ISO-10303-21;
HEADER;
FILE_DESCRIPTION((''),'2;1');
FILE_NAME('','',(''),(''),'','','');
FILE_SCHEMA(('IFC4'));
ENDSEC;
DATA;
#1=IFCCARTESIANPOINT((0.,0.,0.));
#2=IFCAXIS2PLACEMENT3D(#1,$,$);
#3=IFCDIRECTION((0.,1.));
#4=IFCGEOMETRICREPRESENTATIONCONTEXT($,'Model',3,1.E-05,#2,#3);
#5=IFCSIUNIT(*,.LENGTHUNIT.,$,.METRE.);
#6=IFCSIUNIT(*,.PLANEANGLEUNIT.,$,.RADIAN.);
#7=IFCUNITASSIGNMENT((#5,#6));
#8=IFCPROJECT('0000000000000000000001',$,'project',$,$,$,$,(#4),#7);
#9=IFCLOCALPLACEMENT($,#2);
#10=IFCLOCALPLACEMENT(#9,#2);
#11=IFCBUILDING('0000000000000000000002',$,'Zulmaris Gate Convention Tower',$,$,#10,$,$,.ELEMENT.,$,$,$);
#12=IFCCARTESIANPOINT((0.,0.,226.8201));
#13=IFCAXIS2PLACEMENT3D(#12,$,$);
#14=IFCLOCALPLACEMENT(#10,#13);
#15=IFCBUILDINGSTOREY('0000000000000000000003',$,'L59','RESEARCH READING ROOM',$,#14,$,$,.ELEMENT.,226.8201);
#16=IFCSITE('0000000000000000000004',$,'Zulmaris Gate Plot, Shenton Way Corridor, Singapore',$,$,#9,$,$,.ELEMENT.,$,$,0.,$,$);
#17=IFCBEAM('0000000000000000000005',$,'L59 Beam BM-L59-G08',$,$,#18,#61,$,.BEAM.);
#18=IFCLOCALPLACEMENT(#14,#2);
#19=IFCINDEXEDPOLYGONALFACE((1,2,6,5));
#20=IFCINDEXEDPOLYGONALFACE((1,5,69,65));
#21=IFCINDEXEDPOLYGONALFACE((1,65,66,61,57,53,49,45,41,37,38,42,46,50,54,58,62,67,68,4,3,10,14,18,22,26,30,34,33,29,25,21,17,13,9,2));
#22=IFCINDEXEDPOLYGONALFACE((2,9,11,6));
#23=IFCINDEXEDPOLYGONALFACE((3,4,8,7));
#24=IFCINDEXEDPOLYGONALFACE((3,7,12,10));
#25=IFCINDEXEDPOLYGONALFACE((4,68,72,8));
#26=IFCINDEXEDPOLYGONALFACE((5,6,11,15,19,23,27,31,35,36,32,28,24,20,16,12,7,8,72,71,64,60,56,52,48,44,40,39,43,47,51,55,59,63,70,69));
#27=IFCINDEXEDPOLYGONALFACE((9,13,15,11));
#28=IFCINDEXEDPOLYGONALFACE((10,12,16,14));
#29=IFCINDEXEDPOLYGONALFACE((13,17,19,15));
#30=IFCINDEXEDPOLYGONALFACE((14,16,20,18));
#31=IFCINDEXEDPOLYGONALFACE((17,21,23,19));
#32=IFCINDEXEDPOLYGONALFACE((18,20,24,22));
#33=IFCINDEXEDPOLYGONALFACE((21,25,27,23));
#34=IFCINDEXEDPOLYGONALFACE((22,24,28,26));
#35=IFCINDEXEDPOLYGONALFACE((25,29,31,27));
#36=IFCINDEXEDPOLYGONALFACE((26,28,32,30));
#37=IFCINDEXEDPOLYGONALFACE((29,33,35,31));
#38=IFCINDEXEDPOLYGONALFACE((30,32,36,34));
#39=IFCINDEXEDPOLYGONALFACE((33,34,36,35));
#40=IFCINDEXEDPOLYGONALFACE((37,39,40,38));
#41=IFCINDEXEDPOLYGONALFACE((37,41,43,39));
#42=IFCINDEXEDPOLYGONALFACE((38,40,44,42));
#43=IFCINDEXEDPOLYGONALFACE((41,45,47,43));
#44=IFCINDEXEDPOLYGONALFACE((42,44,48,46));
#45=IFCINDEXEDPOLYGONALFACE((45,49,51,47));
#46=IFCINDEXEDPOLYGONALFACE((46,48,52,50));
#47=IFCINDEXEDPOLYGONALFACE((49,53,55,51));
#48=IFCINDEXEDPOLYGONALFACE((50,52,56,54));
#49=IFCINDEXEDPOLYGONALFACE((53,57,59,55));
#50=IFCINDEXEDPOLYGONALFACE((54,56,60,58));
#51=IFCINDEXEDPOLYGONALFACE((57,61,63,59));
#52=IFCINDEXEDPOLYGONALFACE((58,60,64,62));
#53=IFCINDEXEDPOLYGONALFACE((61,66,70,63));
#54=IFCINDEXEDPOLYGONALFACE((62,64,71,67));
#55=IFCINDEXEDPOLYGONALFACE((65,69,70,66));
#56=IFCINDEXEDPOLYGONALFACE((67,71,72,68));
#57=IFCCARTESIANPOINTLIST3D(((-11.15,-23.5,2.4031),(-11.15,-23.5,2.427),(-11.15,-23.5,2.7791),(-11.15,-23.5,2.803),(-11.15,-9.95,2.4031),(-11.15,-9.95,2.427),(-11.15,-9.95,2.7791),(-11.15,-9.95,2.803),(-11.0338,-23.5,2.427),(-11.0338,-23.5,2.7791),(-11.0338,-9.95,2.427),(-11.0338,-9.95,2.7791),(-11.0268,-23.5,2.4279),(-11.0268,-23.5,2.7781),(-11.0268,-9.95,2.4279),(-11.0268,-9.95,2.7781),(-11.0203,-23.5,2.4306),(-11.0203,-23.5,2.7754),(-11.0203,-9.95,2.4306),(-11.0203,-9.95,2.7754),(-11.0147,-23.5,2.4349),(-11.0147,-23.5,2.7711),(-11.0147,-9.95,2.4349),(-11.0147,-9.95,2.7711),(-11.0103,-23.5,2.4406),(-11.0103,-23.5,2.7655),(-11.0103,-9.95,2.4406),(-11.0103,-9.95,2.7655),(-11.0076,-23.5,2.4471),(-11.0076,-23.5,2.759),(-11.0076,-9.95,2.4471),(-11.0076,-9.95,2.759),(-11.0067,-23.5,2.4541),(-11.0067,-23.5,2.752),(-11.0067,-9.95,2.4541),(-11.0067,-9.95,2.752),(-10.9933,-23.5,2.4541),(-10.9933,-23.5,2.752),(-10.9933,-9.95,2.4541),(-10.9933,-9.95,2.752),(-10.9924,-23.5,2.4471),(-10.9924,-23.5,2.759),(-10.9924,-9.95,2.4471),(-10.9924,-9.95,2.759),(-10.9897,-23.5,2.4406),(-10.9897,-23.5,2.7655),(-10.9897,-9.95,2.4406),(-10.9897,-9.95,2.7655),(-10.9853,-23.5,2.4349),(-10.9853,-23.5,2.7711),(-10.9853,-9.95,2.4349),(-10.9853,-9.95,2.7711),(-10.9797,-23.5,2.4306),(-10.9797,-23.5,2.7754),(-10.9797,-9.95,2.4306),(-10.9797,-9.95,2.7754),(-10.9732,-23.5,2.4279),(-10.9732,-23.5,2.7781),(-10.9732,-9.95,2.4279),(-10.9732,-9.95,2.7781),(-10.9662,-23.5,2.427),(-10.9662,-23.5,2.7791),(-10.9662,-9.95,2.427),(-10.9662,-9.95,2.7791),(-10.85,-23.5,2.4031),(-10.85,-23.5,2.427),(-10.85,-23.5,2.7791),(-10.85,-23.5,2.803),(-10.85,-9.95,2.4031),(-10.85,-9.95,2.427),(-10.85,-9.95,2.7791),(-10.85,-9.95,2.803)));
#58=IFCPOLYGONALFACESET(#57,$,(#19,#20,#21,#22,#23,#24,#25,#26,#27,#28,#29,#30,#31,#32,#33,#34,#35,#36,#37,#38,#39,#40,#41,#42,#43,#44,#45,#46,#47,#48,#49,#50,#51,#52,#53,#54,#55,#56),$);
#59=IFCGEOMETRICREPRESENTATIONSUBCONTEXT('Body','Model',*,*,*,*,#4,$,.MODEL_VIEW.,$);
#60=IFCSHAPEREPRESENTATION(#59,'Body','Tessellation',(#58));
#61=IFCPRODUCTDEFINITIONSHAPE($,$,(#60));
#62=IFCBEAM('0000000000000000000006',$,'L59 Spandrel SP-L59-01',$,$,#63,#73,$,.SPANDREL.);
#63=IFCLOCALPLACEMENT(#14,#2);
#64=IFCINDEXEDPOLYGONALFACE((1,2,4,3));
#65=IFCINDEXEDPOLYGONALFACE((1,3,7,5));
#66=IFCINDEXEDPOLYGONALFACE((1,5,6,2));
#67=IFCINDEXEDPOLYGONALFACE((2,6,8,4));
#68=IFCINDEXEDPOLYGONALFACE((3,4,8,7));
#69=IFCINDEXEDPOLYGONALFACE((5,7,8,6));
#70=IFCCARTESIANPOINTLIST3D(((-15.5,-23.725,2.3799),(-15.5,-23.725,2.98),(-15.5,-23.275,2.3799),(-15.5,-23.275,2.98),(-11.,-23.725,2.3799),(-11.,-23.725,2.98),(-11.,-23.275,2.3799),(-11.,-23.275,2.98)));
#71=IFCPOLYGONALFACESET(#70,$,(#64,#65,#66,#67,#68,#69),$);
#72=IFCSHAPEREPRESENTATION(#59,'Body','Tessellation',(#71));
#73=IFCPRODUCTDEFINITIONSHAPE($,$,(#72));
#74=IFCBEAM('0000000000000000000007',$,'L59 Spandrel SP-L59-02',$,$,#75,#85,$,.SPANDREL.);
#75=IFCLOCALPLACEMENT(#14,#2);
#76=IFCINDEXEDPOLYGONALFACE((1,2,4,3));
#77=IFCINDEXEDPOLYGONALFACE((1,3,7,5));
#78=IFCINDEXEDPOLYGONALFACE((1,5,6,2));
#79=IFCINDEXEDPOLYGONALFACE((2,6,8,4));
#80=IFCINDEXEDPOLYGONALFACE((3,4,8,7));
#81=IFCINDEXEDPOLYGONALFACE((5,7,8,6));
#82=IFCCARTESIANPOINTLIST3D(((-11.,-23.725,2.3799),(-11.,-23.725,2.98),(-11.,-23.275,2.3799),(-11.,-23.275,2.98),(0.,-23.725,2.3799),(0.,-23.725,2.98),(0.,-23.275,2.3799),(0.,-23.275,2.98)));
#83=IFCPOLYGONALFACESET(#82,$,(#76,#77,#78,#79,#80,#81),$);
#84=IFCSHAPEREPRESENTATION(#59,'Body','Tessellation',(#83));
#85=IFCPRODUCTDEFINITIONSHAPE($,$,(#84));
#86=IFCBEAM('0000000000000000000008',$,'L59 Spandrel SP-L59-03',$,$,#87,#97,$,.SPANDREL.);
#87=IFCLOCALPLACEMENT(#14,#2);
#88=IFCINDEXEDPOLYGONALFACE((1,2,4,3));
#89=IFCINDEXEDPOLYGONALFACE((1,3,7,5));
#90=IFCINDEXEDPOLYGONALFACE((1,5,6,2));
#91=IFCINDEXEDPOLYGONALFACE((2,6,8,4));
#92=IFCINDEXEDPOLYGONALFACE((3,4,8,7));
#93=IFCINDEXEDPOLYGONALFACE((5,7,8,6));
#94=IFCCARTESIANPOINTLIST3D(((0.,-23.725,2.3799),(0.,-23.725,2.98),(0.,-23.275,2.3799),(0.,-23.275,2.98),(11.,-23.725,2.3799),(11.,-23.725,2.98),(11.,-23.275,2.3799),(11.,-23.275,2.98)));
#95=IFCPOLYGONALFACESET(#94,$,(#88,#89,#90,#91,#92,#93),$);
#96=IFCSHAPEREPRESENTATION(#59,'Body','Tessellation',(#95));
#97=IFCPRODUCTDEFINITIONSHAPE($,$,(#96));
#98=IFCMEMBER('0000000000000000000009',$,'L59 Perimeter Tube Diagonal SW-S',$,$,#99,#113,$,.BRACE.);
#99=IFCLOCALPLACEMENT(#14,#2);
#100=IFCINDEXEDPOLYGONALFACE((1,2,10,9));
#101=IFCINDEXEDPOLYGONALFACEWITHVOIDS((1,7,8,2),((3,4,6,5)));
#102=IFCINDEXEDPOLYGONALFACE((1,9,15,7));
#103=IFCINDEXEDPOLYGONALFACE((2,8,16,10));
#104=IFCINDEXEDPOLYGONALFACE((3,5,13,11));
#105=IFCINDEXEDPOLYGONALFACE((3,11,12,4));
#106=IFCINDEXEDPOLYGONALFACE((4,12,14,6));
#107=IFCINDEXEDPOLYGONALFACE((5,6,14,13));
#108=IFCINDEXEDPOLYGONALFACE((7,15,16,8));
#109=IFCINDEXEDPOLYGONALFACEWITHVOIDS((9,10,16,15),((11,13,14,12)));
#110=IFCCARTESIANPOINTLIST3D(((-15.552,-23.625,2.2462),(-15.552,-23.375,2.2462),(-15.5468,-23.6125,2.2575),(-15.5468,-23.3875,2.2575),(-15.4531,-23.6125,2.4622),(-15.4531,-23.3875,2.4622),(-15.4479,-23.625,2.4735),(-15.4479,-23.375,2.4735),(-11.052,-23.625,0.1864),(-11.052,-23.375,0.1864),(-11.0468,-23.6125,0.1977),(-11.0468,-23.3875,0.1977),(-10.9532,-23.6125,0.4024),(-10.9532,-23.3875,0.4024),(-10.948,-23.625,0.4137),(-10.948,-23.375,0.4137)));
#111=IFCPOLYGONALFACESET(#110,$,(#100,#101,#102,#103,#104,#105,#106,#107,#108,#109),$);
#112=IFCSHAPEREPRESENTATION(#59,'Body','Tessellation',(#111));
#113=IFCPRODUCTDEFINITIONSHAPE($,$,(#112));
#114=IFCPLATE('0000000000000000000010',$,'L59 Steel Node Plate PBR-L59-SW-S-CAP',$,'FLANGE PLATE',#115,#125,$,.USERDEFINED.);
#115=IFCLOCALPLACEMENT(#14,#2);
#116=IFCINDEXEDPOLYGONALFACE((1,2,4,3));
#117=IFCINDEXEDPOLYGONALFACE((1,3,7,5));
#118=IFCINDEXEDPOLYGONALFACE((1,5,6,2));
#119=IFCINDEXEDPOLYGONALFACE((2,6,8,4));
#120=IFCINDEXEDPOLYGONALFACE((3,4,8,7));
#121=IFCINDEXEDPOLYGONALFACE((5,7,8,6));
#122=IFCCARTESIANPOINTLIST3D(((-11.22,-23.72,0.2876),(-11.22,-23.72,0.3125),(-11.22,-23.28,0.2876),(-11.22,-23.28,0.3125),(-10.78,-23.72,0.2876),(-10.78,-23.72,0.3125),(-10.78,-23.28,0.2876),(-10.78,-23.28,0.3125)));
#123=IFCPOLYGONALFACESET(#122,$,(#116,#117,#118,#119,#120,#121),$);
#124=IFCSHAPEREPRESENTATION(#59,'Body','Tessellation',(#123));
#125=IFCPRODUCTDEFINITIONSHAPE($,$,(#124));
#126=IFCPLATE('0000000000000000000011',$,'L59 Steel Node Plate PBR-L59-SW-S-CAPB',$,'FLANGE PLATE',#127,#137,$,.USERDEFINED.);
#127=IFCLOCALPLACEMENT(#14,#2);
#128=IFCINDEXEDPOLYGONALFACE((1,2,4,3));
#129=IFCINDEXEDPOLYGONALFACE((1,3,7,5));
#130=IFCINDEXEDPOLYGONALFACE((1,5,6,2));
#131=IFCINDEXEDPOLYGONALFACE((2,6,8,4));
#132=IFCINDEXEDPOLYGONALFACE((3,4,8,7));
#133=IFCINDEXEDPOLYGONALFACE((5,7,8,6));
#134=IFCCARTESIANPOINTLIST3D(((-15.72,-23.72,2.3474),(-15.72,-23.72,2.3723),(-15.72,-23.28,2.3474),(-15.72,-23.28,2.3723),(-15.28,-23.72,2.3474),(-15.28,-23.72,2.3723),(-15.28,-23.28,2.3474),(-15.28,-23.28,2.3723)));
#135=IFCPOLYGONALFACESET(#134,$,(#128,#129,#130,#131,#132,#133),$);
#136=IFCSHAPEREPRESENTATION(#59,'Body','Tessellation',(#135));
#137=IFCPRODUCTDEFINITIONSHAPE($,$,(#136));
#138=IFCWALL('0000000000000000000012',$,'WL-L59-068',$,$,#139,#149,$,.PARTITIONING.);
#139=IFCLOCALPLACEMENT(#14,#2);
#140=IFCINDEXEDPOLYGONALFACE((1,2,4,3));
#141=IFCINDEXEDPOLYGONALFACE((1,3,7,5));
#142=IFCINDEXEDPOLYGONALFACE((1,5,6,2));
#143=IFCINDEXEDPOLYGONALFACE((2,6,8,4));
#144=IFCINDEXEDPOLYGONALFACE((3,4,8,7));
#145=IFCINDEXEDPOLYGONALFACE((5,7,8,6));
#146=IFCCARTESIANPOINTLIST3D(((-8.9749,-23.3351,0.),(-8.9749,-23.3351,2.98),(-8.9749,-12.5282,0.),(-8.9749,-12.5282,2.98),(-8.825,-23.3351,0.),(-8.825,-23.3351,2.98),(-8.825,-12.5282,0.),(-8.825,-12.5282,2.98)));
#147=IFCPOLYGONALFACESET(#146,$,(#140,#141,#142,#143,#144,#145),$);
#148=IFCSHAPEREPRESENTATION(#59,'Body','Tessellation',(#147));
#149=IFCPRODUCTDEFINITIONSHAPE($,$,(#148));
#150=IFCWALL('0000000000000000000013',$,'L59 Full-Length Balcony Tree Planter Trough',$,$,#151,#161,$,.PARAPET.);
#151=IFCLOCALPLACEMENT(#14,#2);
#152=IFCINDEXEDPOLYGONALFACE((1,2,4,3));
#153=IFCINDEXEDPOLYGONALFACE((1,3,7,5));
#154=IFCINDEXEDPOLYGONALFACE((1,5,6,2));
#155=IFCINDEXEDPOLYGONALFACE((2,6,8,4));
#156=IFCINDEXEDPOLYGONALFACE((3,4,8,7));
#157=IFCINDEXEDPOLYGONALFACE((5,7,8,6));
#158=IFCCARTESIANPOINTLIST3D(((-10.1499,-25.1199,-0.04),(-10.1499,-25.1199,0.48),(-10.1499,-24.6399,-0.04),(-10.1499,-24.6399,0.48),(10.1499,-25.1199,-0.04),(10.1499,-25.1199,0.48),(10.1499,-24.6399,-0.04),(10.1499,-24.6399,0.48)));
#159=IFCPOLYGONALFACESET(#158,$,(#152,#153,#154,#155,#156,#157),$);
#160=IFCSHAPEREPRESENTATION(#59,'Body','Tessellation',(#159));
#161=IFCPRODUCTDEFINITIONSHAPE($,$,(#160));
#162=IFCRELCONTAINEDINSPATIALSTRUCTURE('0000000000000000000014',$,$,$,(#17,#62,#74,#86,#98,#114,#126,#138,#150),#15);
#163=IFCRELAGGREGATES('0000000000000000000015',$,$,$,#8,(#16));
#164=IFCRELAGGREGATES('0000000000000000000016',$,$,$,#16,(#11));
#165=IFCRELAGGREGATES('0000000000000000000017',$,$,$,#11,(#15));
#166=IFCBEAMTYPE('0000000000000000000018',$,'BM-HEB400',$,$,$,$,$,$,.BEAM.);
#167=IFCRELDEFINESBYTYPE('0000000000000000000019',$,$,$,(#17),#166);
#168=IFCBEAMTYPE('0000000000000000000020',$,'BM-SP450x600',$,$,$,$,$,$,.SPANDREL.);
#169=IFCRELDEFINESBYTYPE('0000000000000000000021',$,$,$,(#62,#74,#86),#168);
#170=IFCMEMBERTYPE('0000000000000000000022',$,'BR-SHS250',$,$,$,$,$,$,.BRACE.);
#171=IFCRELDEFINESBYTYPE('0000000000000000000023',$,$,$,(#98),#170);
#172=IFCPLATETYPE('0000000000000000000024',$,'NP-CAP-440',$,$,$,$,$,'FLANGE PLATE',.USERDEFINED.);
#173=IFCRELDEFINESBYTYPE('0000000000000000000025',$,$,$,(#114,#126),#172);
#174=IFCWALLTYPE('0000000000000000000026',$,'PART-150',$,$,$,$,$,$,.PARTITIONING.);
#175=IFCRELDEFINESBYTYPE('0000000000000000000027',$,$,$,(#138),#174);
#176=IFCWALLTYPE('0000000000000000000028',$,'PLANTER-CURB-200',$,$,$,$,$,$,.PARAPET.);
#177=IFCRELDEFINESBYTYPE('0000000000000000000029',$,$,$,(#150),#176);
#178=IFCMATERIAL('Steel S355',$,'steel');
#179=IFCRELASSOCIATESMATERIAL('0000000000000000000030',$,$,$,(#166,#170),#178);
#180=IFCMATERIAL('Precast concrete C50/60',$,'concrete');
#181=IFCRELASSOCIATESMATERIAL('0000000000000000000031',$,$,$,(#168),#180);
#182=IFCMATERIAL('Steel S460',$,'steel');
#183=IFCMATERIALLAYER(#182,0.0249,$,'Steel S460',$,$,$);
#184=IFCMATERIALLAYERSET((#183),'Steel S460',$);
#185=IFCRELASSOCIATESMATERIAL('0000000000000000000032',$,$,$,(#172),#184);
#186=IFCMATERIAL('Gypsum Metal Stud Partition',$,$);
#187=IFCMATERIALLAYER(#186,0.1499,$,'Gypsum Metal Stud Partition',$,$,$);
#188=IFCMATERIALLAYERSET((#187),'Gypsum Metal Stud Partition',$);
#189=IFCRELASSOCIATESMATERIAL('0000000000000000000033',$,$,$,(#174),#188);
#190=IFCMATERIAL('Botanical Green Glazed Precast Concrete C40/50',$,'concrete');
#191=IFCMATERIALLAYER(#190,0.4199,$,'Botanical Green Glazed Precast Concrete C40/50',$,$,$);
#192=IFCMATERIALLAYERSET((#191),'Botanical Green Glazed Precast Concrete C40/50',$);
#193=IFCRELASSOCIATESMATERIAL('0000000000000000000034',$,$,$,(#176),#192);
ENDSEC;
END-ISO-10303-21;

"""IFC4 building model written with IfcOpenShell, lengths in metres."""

from ifc_helpers import new_model, si_unit, direction, frame, frame_2d, origin, origin_2d, place, context, subcontext, project, spatial, rectangle, hollow_rectangle, i_section, extrude, material, layer, layer_set, material_profile, profile_set, type_object, element, save


model = new_model("IFC4")

# Units and contexts
model_context = context("Model", 3, precision=1e-05, world=origin(), true_north=direction((0.0, 1.0)))
body_context = subcontext(model_context, "Body", "Model", "MODEL_VIEW")
ifc_project = project(units=[si_unit("LENGTHUNIT", "METRE"), si_unit("PLANEANGLEUNIT", "RADIAN")], contexts=[model_context])

# Site, building, storey
site_placement = place(None, origin())
site = spatial("IfcSite", under=ifc_project, at=site_placement, Name="Zulmaris Gate Plot, Shenton Way Corridor, Singapore", CompositionType="ELEMENT", RefElevation=0.0)
building_placement = place(site_placement, origin())
building = spatial("IfcBuilding", under=site, at=building_placement, Name="Zulmaris Gate Convention Tower", CompositionType="ELEMENT")
storey_placement = place(building_placement, frame((0.0, 0.0, 226.8201)))
storey = spatial("IfcBuildingStorey", under=building, at=storey_placement, Name="L59", Description="RESEARCH READING ROOM", CompositionType="ELEMENT", Elevation=226.8201)

# Beams
ifc_material_1 = material(Name="Steel S355", Category="steel")
ifc_material_profile_1 = material_profile(ifc_material_1, i_section(OverallWidth=0.3, OverallDepth=0.3999, WebThickness=0.0134, FlangeThickness=0.0239, FilletRadius=0.0271, at=origin_2d()), Name="HEB 400")
ifc_profile_set_1 = profile_set([ifc_material_profile_1], Name="Steel S355")
beam_type_1 = type_object("IfcBeamType", Name="BM-HEB400", PredefinedType="BEAM", material=ifc_profile_set_1)
beam_1_placement = place(storey_placement, frame((-11.0, -23.5, 2.603), z_axis=(0.0, 1.0, 0.0), x_axis=(-1.0, 0.0, 0.0)))
element("IfcBeam", 1, at=beam_1_placement, inside=storey, type_object=beam_type_1, Name="L59 Beam BM-L59-G08", PredefinedType="BEAM", context=body_context, shape_type="SweptSolid", body=[
    extrude(i_section(OverallWidth=0.3, OverallDepth=0.3999, WebThickness=0.0134, FlangeThickness=0.0239, FilletRadius=0.0271, at=origin_2d()), origin(), (0.0, 0.0, 1.0), 13.55),
])
ifc_material_2 = material(Name="Precast concrete C50/60", Category="concrete")
ifc_material_profile_2 = material_profile(ifc_material_2, rectangle(XDim=0.45, YDim=0.6001, at=origin_2d()), Name="RC SPANDREL 450x600")
ifc_profile_set_2 = profile_set([ifc_material_profile_2], Name="Precast concrete C50/60")
beam_type_2 = type_object("IfcBeamType", Name="BM-SP450x600", PredefinedType="SPANDREL", material=ifc_profile_set_2)
beam_2_placement = place(storey_placement, frame((-15.5, -23.5, 2.6799), z_axis=(1.0, 0.0, 0.0), x_axis=(0.0, 1.0, 0.0)))
element("IfcBeam", 2, at=beam_2_placement, inside=storey, type_object=beam_type_2, Name="L59 Spandrel SP-L59-01", PredefinedType="SPANDREL", context=body_context, shape_type="SweptSolid", body=[
    extrude(rectangle(XDim=0.45, YDim=0.6001, at=origin_2d()), origin(), (0.0, 0.0, 1.0), 4.5),
])
for number, where, z_axis, x_axis, name in (
    (3, (-11.0, -23.5, 2.6799), (1.0, 0.0, 0.0), (0.0, 1.0, 0.0), "L59 Spandrel SP-L59-02"),
    (4, (0.0, -23.5, 2.6799), (1.0, 0.0, 0.0), (0.0, 1.0, 0.0), "L59 Spandrel SP-L59-03"),
):
    element("IfcBeam", number, at=place(storey_placement, frame(where, z_axis=z_axis, x_axis=x_axis)), inside=storey, type_object=beam_type_2, Name=name, PredefinedType="SPANDREL", context=body_context, shape_type="SweptSolid", body=[
        extrude(rectangle(XDim=0.45, YDim=0.6001, at=origin_2d()), origin(), (0.0, 0.0, 1.0), 11.0),
    ])

# Member
ifc_material_profile_3 = material_profile(ifc_material_1, hollow_rectangle(XDim=0.25, YDim=0.25, WallThickness=0.0125, at=origin_2d()), Name="SHS 250x250x12.5")
ifc_profile_set_3 = profile_set([ifc_material_profile_3], Name="Steel S355")
member_type = type_object("IfcMemberType", Name="BR-SHS250", PredefinedType="BRACE", material=ifc_profile_set_3)
member_placement = place(storey_placement, frame((-11.0, -23.5, 0.3), z_axis=(-0.90927, 0.0, 0.416206), x_axis=(0.0, -1.0, 0.0)))
element("IfcMember", 5, at=member_placement, inside=storey, type_object=member_type, Name="L59 Perimeter Tube Diagonal SW-S", PredefinedType="BRACE", context=body_context, shape_type="SweptSolid", body=[
    extrude(hollow_rectangle(XDim=0.25, YDim=0.25, WallThickness=0.0125, at=origin_2d()), origin(), (0.0, 0.0, 1.0), 4.949),
])

# Plates
ifc_material_3 = material(Name="Steel S460", Category="steel")
ifc_layer_1 = layer(ifc_material_3, 0.0249, Name="Steel S460")
ifc_layer_set_1 = layer_set([ifc_layer_1], Name="Steel S460")
plate_type = type_object("IfcPlateType", Name="NP-CAP-440", ElementType="FLANGE PLATE", PredefinedType="USERDEFINED", material=ifc_layer_set_1)
for number, where, z_axis, x_axis, name in (
    (6, (-11.0, -23.5, 0.2876), (0.0, 0.0, 1.0), (1.0, 0.0, 0.0), "L59 Steel Node Plate PBR-L59-SW-S-CAP"),
    (7, (-15.5, -23.5, 2.3474), (0.0, 0.0, 1.0), (1.0, 0.0, 0.0), "L59 Steel Node Plate PBR-L59-SW-S-CAPB"),
):
    element("IfcPlate", number, at=place(storey_placement, frame(where, z_axis=z_axis, x_axis=x_axis)), inside=storey, type_object=plate_type, Name=name, ObjectType="FLANGE PLATE", PredefinedType="USERDEFINED", context=body_context, shape_type="SweptSolid", body=[
        extrude(rectangle(XDim=0.4399, YDim=0.4399, at=origin_2d()), origin(), (0.0, 0.0, 1.0), 0.0249),
    ])

# Walls
ifc_material_4 = material(Name="Gypsum Metal Stud Partition")
ifc_layer_2 = layer(ifc_material_4, 0.1499, Name="Gypsum Metal Stud Partition")
ifc_layer_set_2 = layer_set([ifc_layer_2], Name="Gypsum Metal Stud Partition")
wall_type_1 = type_object("IfcWallType", Name="PART-150", PredefinedType="PARTITIONING", material=ifc_layer_set_2)
wall_1_placement = place(storey_placement, frame((-8.8999, -23.335, 0.0), z_axis=(0.0, 0.0, 1.0), x_axis=(0.0, 1.0, 0.0)))
element("IfcWall", 8, at=wall_1_placement, inside=storey, type_object=wall_type_1, Name="WL-L59-068", PredefinedType="PARTITIONING", context=body_context, shape_type="SweptSolid", body=[
    extrude(rectangle(XDim=10.8069, YDim=0.1499, at=frame_2d((5.4033, 0.0))), origin(), (0.0, 0.0, 1.0), 2.98),
])
ifc_material_5 = material(Name="Botanical Green Glazed Precast Concrete C40/50", Category="concrete")
ifc_layer_3 = layer(ifc_material_5, 0.4199, Name="Botanical Green Glazed Precast Concrete C40/50")
ifc_layer_set_3 = layer_set([ifc_layer_3], Name="Botanical Green Glazed Precast Concrete C40/50")
wall_type_2 = type_object("IfcWallType", Name="PLANTER-CURB-200", PredefinedType="PARAPET", material=ifc_layer_set_3)
wall_2_placement = place(storey_placement, frame((-10.1499, -24.8799, -0.04), z_axis=(0.0, 0.0, 1.0), x_axis=(1.0, 0.0, 0.0)))
element("IfcWall", 9, at=wall_2_placement, inside=storey, type_object=wall_type_2, Name="L59 Full-Length Balcony Tree Planter Trough", PredefinedType="PARAPET", context=body_context, shape_type="SweptSolid", body=[
    extrude(rectangle(XDim=20.2998, YDim=0.48, at=frame_2d((10.1499, 0.0))), origin(), (0.0, 0.0, 1.0), 0.52),
])

save(model, "model.ifc")
